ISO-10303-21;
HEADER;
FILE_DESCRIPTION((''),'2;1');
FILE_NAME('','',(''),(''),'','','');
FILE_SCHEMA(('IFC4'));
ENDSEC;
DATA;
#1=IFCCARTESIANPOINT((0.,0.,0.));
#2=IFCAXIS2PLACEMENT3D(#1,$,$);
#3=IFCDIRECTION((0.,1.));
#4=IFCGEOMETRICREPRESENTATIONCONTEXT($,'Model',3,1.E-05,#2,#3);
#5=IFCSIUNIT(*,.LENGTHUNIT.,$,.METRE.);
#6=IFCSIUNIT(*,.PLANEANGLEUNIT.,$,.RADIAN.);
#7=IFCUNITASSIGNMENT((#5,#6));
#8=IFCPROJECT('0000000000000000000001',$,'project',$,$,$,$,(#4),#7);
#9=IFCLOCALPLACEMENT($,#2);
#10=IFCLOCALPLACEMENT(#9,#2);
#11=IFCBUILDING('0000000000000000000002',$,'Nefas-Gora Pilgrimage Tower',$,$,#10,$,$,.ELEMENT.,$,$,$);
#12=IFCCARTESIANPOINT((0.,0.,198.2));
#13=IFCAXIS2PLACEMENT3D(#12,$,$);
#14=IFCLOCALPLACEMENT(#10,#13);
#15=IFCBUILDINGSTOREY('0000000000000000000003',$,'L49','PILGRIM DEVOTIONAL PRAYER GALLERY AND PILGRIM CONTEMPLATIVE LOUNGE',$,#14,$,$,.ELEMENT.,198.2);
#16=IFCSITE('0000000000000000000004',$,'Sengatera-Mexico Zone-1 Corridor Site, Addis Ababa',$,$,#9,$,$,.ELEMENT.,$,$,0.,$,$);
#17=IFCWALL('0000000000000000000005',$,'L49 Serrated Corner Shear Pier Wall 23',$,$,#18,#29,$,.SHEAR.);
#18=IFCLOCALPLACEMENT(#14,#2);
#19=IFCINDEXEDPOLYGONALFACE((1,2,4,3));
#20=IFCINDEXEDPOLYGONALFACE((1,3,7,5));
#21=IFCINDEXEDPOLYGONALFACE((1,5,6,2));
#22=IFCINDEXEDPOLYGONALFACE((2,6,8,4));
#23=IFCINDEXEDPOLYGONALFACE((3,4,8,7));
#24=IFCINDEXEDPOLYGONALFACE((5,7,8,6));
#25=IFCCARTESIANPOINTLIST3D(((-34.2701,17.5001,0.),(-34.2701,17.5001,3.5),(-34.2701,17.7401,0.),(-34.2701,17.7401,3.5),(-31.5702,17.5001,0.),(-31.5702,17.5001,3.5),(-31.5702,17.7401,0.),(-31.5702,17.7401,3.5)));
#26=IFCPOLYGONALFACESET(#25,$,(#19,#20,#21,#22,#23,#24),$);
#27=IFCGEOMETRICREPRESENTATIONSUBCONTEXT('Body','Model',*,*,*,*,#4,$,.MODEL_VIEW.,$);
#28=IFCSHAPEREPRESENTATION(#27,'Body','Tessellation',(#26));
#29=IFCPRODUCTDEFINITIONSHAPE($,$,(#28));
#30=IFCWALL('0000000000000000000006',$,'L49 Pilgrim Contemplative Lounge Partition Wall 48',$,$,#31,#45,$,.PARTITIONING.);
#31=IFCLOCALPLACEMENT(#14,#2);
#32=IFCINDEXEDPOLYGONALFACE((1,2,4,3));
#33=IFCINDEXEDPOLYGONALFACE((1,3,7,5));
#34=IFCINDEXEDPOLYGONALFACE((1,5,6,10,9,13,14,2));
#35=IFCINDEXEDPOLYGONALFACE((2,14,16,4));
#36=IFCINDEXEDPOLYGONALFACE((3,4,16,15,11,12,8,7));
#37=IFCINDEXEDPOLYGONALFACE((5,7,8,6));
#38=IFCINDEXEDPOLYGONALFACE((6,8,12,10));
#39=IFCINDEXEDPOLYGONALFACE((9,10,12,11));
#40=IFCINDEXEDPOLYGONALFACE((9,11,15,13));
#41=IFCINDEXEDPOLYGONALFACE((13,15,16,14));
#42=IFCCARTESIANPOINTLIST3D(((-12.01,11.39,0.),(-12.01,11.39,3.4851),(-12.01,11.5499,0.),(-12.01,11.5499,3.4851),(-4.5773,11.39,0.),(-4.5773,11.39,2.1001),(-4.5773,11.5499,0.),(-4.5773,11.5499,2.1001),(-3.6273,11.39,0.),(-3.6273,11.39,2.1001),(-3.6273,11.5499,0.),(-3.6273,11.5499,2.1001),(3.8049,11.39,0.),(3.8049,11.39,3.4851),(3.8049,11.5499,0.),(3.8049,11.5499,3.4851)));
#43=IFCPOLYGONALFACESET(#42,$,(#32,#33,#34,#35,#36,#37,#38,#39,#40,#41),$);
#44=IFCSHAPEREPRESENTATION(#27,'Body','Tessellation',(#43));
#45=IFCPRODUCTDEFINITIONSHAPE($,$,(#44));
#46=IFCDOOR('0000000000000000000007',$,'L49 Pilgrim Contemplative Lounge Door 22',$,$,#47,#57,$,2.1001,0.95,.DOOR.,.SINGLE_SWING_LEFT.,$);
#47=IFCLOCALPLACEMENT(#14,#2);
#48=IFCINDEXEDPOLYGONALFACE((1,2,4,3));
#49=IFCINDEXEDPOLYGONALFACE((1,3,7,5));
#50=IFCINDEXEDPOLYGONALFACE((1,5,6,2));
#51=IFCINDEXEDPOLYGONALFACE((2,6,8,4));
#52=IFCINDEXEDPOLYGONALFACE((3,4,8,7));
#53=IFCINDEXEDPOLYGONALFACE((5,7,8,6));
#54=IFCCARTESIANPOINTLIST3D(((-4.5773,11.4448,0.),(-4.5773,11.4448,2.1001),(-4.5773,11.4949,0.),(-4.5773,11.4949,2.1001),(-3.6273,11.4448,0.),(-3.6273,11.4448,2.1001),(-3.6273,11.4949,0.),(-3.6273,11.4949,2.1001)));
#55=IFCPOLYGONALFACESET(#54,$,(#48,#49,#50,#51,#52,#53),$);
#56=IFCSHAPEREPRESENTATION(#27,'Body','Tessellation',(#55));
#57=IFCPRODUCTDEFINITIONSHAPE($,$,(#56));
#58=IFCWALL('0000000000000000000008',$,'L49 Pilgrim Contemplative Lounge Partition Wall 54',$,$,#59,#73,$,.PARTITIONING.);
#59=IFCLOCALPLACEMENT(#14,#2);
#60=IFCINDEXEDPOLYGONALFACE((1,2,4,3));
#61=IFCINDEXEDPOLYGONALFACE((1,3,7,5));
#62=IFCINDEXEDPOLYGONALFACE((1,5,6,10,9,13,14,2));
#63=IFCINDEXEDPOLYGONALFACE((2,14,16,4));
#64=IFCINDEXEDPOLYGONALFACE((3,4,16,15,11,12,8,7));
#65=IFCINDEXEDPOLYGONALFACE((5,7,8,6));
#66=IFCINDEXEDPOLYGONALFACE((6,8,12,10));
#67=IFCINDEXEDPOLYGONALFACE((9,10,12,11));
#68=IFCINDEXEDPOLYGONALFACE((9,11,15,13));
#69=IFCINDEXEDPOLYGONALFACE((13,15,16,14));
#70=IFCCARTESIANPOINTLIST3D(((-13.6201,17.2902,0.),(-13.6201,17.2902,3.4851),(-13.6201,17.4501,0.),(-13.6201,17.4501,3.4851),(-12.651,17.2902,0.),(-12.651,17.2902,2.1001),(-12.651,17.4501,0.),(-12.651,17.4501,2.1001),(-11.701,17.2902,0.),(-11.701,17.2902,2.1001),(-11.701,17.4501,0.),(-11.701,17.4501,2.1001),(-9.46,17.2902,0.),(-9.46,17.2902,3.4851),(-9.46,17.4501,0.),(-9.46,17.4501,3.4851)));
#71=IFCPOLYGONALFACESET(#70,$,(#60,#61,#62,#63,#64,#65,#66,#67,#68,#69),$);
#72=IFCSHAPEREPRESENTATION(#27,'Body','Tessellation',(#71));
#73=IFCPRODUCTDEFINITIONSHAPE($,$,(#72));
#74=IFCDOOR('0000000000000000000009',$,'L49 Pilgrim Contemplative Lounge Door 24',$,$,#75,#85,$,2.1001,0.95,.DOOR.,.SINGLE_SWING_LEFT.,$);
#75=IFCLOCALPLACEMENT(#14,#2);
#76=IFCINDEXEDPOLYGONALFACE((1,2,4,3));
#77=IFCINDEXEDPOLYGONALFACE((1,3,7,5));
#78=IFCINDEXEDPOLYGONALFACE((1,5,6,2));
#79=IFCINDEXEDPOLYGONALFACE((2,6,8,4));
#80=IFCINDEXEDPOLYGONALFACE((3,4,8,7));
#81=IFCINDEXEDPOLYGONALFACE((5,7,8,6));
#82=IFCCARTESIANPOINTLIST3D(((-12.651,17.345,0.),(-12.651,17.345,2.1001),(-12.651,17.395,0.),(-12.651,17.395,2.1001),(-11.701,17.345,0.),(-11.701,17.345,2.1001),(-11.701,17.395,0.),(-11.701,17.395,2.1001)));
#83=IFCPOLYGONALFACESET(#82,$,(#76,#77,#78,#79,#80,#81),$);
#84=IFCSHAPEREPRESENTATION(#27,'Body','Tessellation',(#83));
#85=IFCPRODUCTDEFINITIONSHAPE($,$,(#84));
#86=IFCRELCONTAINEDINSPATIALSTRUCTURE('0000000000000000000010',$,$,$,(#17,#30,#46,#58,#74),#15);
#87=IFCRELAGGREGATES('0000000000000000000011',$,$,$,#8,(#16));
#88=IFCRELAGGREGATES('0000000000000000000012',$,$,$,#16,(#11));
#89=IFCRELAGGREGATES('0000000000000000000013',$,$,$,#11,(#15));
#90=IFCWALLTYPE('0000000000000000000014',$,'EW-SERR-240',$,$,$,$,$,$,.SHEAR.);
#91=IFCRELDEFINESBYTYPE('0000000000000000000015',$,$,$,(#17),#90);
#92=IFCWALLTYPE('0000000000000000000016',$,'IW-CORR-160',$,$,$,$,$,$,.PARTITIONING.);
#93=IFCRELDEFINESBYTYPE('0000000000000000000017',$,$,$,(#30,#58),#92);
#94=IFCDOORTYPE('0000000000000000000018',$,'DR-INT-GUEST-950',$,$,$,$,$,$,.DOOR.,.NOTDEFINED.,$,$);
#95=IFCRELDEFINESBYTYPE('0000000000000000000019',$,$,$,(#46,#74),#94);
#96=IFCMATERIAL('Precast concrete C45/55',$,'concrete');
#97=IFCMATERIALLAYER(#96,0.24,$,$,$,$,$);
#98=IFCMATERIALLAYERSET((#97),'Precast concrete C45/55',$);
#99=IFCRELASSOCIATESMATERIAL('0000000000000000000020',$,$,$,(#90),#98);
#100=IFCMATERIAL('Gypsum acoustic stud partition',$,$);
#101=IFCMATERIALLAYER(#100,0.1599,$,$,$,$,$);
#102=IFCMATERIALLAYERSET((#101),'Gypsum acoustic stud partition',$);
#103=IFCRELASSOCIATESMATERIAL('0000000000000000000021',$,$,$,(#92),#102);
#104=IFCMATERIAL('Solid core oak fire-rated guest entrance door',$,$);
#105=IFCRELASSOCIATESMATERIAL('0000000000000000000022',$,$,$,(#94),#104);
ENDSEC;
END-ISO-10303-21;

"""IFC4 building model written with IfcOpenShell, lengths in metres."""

from ifc_helpers import new_model, si_unit, direction, frame, frame_2d, origin, place, context, subcontext, project, spatial, rectangle, extrude, source, transform, mapped, material, layer, layer_set, type_object, element, fill, save


model = new_model("IFC4")

# Units and contexts
model_context = context("Model", 3, precision=1e-05, world=origin(), true_north=direction((0.0, 1.0)))
body_context = subcontext(model_context, "Body", "Model", "MODEL_VIEW")
ifc_project = project(units=[si_unit("LENGTHUNIT", "METRE"), si_unit("PLANEANGLEUNIT", "RADIAN")], contexts=[model_context])

# Site, building, storey
site_placement = place(None, origin())
site = spatial("IfcSite", under=ifc_project, at=site_placement, Name="Sengatera-Mexico Zone-1 Corridor Site, Addis Ababa", CompositionType="ELEMENT", RefElevation=0.0)
building_placement = place(site_placement, origin())
building = spatial("IfcBuilding", under=site, at=building_placement, Name="Nefas-Gora Pilgrimage Tower", CompositionType="ELEMENT")
storey_placement = place(building_placement, frame((0.0, 0.0, 198.2)))
storey = spatial("IfcBuildingStorey", under=building, at=storey_placement, Name="L49", Description="PILGRIM DEVOTIONAL PRAYER GALLERY AND PILGRIM CONTEMPLATIVE LOUNGE", CompositionType="ELEMENT", Elevation=198.2)

# Shared definitions
ifc_material_1 = material(Name="Precast concrete C45/55", Category="concrete")
ifc_layer_1 = layer(ifc_material_1, 0.24)
ifc_layer_set_1 = layer_set([ifc_layer_1], Name="Precast concrete C45/55")
wall_type_1 = type_object("IfcWallType", Name="EW-SERR-240", PredefinedType="SHEAR", material=ifc_layer_set_1)
shared_shape_1 = source(origin(), body_context, "Body", "SweptSolid", [
    extrude(rectangle(XDim=2.7, YDim=0.24, at=frame_2d((1.3501, 0.0))), origin(), (0.0, 0.0, 1.0), 3.5),
])

# Wall
for number, where, z_axis, x_axis, name in (
    (1, (-31.5701, 17.6201, 0.0), (0.0, 0.0, 1.0), (-1.0, 0.0, 0.0), "L49 Serrated Corner Shear Pier Wall 23"),
):
    element("IfcWall", number, at=place(storey_placement, frame(where, z_axis=z_axis, x_axis=x_axis)), inside=storey, type_object=wall_type_1, Name=name, PredefinedType="SHEAR", context=body_context, shape_type="MappedRepresentation", body=[
        mapped(shared_shape_1, transform((0.0, 0.0, 0.0), x_axis=(1.0, 0.0, 0.0), y_axis=(0.0, 1.0, 0.0), z_axis=(0.0, 0.0, 1.0), scale=1.0)),
    ])

# Walls, openings, doors
ifc_material_2 = material(Name="Gypsum acoustic stud partition")
ifc_layer_2 = layer(ifc_material_2, 0.1599)
ifc_layer_set_2 = layer_set([ifc_layer_2], Name="Gypsum acoustic stud partition")
wall_type_2 = type_object("IfcWallType", Name="IW-CORR-160", PredefinedType="PARTITIONING", material=ifc_layer_set_2)
shared_shape_2 = source(origin(), body_context, "Body", "SweptSolid", [
    extrude(rectangle(XDim=15.8149, YDim=0.1599, at=frame_2d((7.9075, 0.0))), origin(), (0.0, 0.0, 1.0), 3.4851),
])
wall_1_placement = place(storey_placement, frame((-12.01, 11.47, 0.0), z_axis=(0.0, 0.0, 1.0), x_axis=(1.0, 0.0, 0.0)))
wall_1 = element("IfcWall", 2, at=wall_1_placement, inside=storey, type_object=wall_type_2, Name="L49 Pilgrim Contemplative Lounge Partition Wall 48", PredefinedType="PARTITIONING", context=body_context, shape_type="MappedRepresentation", body=[
    mapped(shared_shape_2, transform((0.0, 0.0, 0.0), x_axis=(1.0, 0.0, 0.0), y_axis=(0.0, 1.0, 0.0), z_axis=(0.0, 0.0, 1.0), scale=1.0)),
])
opening_1_placement = place(wall_1_placement, frame((7.4326, 0.0, 0.0)))
opening_1 = element("IfcOpeningElement", 3, at=opening_1_placement, cuts=wall_1, PredefinedType="OPENING", context=body_context, shape_type="SweptSolid", body=[
    extrude(rectangle(XDim=0.95, YDim=2.1001, at=frame_2d((0.4751, 1.05))), frame((0.0, 0.0898, 0.0), z_axis=(0.0, -1.0, 0.0), x_axis=(1.0, 0.0, 0.0)), (0.0, 0.0, 1.0), 0.1799),
])
ifc_material_3 = material(Name="Solid core oak fire-rated guest entrance door")
door_type = type_object("IfcDoorType", Name="DR-INT-GUEST-950", OperationType="NOTDEFINED", PredefinedType="DOOR", material=ifc_material_3)
shared_shape_3 = source(origin(), body_context, "Body", "SweptSolid", [
    extrude(rectangle(XDim=0.95, YDim=2.1001, at=frame_2d((0.4751, 1.05))), frame((0.0, 0.0249, 0.0), z_axis=(0.0, -1.0, 0.0), x_axis=(1.0, 0.0, 0.0)), (0.0, 0.0, 1.0), 0.05),
])
door_1_placement = place(opening_1_placement, origin())
door_1 = element("IfcDoor", 4, at=door_1_placement, inside=storey, type_object=door_type, Name="L49 Pilgrim Contemplative Lounge Door 22", OperationType="SINGLE_SWING_LEFT", OverallHeight=2.1001, OverallWidth=0.95, PredefinedType="DOOR", context=body_context, shape_type="MappedRepresentation", body=[
    mapped(shared_shape_3, transform((0.0, 0.0, 0.0), x_axis=(1.0, 0.0, 0.0), y_axis=(0.0, 1.0, 0.0), z_axis=(0.0, 0.0, 1.0), scale=1.0)),
])
fill(opening_1, door_1)
shared_shape_4 = source(origin(), body_context, "Body", "SweptSolid", [
    extrude(rectangle(XDim=4.1602, YDim=0.1599, at=frame_2d((2.0801, 0.0))), origin(), (0.0, 0.0, 1.0), 3.4851),
])
wall_2_placement = place(storey_placement, frame((-13.6201, 17.3701, 0.0), z_axis=(0.0, 0.0, 1.0), x_axis=(1.0, 0.0, 0.0)))
wall_2 = element("IfcWall", 5, at=wall_2_placement, inside=storey, type_object=wall_type_2, Name="L49 Pilgrim Contemplative Lounge Partition Wall 54", PredefinedType="PARTITIONING", context=body_context, shape_type="MappedRepresentation", body=[
    mapped(shared_shape_4, transform((0.0, 0.0, 0.0), x_axis=(1.0, 0.0, 0.0), y_axis=(0.0, 1.0, 0.0), z_axis=(0.0, 0.0, 1.0), scale=1.0)),
])
opening_2_placement = place(wall_2_placement, frame((0.969, 0.0, 0.0)))
opening_2 = element("IfcOpeningElement", 6, at=opening_2_placement, cuts=wall_2, PredefinedType="OPENING", context=body_context, shape_type="SweptSolid", body=[
    extrude(rectangle(XDim=0.95, YDim=2.1001, at=frame_2d((0.4751, 1.05))), frame((0.0, 0.0898, 0.0), z_axis=(0.0, -1.0, 0.0), x_axis=(1.0, 0.0, 0.0)), (0.0, 0.0, 1.0), 0.1799),
])
door_2_placement = place(opening_2_placement, origin())
door_2 = element("IfcDoor", 7, at=door_2_placement, inside=storey, type_object=door_type, Name="L49 Pilgrim Contemplative Lounge Door 24", OperationType="SINGLE_SWING_LEFT", OverallHeight=2.1001, OverallWidth=0.95, PredefinedType="DOOR", context=body_context, shape_type="MappedRepresentation", body=[
    mapped(shared_shape_3, transform((0.0, 0.0, 0.0), x_axis=(1.0, 0.0, 0.0), y_axis=(0.0, 1.0, 0.0), z_axis=(0.0, 0.0, 1.0), scale=1.0)),
])
fill(opening_2, door_2)

save(model, "model.ifc")
